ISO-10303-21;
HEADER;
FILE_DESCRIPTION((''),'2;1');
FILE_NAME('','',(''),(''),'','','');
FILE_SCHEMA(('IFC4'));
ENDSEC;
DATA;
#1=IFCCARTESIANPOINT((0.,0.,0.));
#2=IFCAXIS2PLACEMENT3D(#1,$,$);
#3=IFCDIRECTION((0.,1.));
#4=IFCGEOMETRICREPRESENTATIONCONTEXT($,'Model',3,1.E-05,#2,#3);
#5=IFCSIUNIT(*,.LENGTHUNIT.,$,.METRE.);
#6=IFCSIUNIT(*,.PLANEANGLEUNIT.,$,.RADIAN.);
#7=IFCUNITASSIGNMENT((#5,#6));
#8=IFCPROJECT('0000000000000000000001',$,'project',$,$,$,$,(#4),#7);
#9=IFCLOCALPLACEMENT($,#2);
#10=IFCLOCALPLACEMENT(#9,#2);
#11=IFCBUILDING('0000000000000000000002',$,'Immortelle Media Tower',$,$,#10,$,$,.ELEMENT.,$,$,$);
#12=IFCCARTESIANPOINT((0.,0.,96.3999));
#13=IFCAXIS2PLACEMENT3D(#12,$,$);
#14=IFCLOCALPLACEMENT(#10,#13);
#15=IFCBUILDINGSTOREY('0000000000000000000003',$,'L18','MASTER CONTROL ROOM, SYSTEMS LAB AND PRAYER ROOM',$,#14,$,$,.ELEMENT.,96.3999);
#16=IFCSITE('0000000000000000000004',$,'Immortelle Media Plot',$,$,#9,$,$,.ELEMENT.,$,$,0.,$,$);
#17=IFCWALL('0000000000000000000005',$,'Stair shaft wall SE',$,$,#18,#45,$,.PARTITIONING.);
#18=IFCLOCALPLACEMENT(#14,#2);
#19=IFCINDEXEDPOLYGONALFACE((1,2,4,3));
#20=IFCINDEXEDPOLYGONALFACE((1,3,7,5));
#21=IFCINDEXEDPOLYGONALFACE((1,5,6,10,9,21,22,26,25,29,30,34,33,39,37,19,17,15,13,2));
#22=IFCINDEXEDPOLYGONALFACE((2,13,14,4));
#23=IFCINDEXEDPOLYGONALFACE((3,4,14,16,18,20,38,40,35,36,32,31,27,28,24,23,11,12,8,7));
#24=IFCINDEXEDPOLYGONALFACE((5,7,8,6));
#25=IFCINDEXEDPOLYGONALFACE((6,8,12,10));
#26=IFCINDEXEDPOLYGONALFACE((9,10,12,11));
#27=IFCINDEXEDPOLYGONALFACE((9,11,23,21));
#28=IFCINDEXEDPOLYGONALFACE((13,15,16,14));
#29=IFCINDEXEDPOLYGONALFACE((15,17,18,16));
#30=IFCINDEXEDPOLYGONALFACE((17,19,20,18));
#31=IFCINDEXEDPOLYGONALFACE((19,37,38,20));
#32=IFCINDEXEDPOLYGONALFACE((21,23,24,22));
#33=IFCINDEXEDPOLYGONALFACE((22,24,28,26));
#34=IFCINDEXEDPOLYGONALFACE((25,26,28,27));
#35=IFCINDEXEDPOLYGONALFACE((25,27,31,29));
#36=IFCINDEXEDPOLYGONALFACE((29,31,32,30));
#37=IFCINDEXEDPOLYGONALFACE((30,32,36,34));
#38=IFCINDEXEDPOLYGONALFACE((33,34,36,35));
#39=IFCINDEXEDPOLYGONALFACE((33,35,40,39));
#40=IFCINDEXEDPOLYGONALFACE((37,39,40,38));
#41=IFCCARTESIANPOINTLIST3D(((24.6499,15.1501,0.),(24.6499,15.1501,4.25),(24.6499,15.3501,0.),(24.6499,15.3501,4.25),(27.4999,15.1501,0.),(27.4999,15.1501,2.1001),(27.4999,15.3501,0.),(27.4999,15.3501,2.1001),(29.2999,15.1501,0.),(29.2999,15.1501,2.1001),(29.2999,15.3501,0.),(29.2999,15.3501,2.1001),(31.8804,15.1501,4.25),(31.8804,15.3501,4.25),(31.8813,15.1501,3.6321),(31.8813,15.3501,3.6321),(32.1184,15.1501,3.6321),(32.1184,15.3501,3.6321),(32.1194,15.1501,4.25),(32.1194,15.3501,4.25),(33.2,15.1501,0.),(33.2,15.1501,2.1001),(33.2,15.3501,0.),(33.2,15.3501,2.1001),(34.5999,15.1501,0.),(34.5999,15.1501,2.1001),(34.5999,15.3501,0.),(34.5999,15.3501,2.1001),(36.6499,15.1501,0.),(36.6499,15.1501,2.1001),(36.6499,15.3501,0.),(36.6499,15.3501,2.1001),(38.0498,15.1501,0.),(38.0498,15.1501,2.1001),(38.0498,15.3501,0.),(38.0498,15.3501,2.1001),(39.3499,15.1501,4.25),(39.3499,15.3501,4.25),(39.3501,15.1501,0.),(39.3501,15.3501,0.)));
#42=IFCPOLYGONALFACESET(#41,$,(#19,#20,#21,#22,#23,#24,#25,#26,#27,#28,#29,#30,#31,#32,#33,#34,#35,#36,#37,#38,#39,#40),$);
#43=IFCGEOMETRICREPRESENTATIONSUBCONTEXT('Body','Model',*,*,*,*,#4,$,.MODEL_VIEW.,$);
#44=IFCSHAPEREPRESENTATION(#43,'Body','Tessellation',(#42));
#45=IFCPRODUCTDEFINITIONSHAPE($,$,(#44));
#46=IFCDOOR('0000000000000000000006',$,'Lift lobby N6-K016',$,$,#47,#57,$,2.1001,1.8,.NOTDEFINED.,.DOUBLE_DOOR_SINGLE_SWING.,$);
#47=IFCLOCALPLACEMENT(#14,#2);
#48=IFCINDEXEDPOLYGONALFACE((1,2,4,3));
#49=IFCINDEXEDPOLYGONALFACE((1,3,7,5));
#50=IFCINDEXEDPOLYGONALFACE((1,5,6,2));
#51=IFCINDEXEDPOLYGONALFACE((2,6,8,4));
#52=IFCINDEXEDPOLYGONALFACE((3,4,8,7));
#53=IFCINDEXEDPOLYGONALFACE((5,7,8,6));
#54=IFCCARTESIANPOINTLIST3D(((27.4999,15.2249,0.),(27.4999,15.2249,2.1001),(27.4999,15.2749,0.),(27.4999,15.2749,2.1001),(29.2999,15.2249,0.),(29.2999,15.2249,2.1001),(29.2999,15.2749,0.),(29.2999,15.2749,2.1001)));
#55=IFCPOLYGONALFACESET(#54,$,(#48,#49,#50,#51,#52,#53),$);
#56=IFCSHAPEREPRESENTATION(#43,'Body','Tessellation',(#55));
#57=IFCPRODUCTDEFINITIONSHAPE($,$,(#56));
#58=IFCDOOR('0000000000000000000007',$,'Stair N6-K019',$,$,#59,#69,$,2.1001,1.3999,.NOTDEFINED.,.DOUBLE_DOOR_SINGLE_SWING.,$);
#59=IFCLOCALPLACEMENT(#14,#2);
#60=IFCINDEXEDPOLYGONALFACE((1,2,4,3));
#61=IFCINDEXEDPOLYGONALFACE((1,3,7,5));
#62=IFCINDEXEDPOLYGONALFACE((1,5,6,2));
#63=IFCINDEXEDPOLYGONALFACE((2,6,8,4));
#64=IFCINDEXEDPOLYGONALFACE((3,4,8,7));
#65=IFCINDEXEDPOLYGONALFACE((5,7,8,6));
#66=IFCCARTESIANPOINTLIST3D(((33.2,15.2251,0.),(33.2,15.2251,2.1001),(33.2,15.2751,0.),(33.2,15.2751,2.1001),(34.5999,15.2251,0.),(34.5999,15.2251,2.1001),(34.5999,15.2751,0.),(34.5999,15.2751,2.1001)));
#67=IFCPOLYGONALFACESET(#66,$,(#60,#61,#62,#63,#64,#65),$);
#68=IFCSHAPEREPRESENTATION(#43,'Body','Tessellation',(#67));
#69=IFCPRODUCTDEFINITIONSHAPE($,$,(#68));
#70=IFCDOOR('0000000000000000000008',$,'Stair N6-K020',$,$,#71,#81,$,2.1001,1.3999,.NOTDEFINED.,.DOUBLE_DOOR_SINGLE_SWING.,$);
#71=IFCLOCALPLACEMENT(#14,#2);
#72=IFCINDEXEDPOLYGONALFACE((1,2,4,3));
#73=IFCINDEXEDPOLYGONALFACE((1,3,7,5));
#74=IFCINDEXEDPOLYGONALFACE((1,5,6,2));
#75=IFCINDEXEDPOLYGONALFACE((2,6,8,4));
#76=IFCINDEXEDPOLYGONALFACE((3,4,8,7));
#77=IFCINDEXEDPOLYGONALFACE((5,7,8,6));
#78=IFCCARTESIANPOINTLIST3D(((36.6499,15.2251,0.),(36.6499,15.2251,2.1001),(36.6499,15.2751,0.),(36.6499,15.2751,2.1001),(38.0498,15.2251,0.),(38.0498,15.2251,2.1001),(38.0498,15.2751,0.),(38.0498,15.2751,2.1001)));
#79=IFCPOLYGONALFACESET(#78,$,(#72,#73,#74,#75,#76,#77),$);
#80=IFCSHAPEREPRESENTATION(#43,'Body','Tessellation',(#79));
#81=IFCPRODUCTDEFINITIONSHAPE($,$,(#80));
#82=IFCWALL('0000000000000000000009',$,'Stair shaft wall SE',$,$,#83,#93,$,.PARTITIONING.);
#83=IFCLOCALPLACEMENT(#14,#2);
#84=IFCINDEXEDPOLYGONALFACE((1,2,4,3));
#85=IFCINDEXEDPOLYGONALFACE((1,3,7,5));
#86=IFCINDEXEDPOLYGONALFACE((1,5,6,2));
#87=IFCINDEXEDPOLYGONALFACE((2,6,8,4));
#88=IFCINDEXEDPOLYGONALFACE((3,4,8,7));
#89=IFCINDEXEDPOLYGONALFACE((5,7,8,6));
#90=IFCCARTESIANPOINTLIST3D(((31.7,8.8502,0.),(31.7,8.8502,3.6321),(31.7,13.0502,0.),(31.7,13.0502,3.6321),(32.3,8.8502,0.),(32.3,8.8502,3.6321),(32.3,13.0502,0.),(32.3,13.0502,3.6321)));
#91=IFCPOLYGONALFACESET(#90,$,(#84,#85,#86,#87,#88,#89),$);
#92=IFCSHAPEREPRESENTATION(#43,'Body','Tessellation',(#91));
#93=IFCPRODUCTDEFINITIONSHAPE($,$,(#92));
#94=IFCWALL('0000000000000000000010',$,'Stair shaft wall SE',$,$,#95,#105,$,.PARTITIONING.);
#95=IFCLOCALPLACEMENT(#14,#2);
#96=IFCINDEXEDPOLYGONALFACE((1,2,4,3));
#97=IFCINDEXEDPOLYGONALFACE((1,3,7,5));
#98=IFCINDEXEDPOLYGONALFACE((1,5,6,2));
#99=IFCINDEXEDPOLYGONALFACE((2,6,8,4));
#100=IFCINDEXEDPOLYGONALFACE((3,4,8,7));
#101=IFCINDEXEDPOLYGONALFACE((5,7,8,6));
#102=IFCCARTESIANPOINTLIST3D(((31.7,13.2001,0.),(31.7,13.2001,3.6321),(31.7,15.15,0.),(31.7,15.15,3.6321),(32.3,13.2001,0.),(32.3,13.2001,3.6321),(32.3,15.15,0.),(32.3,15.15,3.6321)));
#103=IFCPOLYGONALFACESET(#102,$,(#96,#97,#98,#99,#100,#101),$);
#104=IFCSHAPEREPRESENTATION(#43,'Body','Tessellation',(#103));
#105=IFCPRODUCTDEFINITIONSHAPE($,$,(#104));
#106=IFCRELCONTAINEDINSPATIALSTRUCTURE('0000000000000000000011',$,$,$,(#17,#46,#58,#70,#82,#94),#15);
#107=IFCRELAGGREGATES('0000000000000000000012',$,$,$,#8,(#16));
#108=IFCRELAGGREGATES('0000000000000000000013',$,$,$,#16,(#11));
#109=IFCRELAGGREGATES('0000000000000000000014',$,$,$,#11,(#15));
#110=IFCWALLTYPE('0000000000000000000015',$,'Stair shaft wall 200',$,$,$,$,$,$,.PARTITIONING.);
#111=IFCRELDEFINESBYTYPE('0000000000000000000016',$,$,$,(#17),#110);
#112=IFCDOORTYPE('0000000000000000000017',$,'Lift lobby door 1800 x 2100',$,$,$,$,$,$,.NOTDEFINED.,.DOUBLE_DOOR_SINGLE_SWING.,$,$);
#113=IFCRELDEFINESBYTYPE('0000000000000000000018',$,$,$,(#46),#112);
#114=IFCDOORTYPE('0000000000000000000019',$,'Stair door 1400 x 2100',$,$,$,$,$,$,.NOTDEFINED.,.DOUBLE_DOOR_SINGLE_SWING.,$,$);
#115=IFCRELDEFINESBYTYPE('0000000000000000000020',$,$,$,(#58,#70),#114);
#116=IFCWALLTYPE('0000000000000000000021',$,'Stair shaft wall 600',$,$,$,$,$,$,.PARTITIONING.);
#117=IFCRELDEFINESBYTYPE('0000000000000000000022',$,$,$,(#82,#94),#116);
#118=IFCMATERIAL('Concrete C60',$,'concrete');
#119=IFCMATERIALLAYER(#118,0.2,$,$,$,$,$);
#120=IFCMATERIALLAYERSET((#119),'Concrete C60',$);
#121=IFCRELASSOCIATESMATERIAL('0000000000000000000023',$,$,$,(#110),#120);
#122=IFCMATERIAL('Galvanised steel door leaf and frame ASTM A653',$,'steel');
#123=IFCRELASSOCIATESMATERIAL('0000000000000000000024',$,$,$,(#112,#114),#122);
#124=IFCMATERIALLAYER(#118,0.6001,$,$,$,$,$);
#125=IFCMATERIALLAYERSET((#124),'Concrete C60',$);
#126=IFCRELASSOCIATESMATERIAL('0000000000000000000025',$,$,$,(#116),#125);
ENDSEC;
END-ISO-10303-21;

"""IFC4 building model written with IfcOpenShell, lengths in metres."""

from ifc_helpers import new_model, si_unit, direction, frame, frame_2d, origin, place, context, subcontext, project, spatial, polyline, rectangle, outline, extrude, material, layer, layer_set, type_object, element, fill, save


model = new_model("IFC4")

# Units and contexts
model_context = context("Model", 3, precision=1e-05, world=origin(), true_north=direction((0.0, 1.0)))
body_context = subcontext(model_context, "Body", "Model", "MODEL_VIEW")
ifc_project = project(units=[si_unit("LENGTHUNIT", "METRE"), si_unit("PLANEANGLEUNIT", "RADIAN")], contexts=[model_context])

# Site, building, storey
site_placement = place(None, origin())
site = spatial("IfcSite", under=ifc_project, at=site_placement, Name="Immortelle Media Plot", CompositionType="ELEMENT", RefElevation=0.0)
building_placement = place(site_placement, origin())
building = spatial("IfcBuilding", under=site, at=building_placement, Name="Immortelle Media Tower", CompositionType="ELEMENT")
storey_placement = place(building_placement, frame((0.0, 0.0, 96.3999)))
storey = spatial("IfcBuildingStorey", under=building, at=storey_placement, Name="L18", Description="MASTER CONTROL ROOM, SYSTEMS LAB AND PRAYER ROOM", CompositionType="ELEMENT", Elevation=96.3999)

# Shared definitions
ifc_material_1 = material(Name="Galvanised steel door leaf and frame ASTM A653", Category="steel")

# Wall, openings, doors
ifc_material_2 = material(Name="Concrete C60", Category="concrete")
ifc_layer_1 = layer(ifc_material_2, 0.2)
ifc_layer_set_1 = layer_set([ifc_layer_1], Name="Concrete C60")
wall_type_1 = type_object("IfcWallType", Name="Stair shaft wall 200", PredefinedType="PARTITIONING", material=ifc_layer_set_1)
wall_1_placement = place(storey_placement, frame((24.6499, 15.25, 0.0), z_axis=(0.0, 0.0, 1.0), x_axis=(1.0, 0.0, 0.0)))
wall_1 = element("IfcWall", 1, at=wall_1_placement, inside=storey, type_object=wall_type_1, Name="Stair shaft wall SE", PredefinedType="PARTITIONING", context=body_context, shape_type="SweptSolid", body=[
    extrude(outline(polyline([(0.0, 0.0), (14.7002, 0.0), (14.7, 4.25), (7.4695, 4.25), (7.4685, 3.6321), (7.2314, 3.6321), (7.2305, 4.25), (0.0, 4.25), (0.0, 0.0)])), frame((0.0, 0.1001, 0.0), z_axis=(0.0, -1.0, 0.0), x_axis=(1.0, 0.0, 0.0)), (0.0, 0.0, 1.0), 0.2),
])
opening_1_placement = place(wall_1_placement, frame((2.8501, 0.0, 0.0)))
opening_1 = element("IfcOpeningElement", 2, at=opening_1_placement, cuts=wall_1, PredefinedType="OPENING", context=body_context, shape_type="SweptSolid", body=[
    extrude(rectangle(XDim=1.8, YDim=2.1001, at=frame_2d((0.8999, 1.05))), frame((0.0, 0.1099, 0.0), z_axis=(0.0, -1.0, 0.0), x_axis=(1.0, 0.0, 0.0)), (0.0, 0.0, 1.0), 0.22),
])
opening_2_placement = place(wall_1_placement, frame((9.95, 0.0, 0.0), z_axis=(0.0, 0.0, 1.0), x_axis=(-1.0, 0.0, 0.0)))
opening_2 = element("IfcOpeningElement", 3, at=opening_2_placement, cuts=wall_1, PredefinedType="OPENING", context=body_context, shape_type="SweptSolid", body=[
    extrude(rectangle(XDim=1.3999, YDim=2.1001, at=frame_2d((0.7, 1.05))), frame((0.0, 0.1099, 0.0), z_axis=(0.0, -1.0, 0.0), x_axis=(1.0, 0.0, 0.0)), (0.0, 0.0, 1.0), 0.22),
])
opening_3_placement = place(wall_1_placement, frame((13.3999, 0.0, 0.0), z_axis=(0.0, 0.0, 1.0), x_axis=(-1.0, 0.0, 0.0)))
opening_3 = element("IfcOpeningElement", 4, at=opening_3_placement, cuts=wall_1, PredefinedType="OPENING", context=body_context, shape_type="SweptSolid", body=[
    extrude(rectangle(XDim=1.3999, YDim=2.1001, at=frame_2d((0.7, 1.05))), frame((0.0, 0.1099, 0.0), z_axis=(0.0, -1.0, 0.0), x_axis=(1.0, 0.0, 0.0)), (0.0, 0.0, 1.0), 0.22),
])
door_type_1 = type_object("IfcDoorType", Name="Lift lobby door 1800 x 2100", OperationType="DOUBLE_DOOR_SINGLE_SWING", PredefinedType="NOTDEFINED", material=ifc_material_1)
door_1_placement = place(opening_1_placement, origin())
door_1 = element("IfcDoor", 5, at=door_1_placement, inside=storey, type_object=door_type_1, Name="Lift lobby N6-K016", OperationType="DOUBLE_DOOR_SINGLE_SWING", OverallHeight=2.1001, OverallWidth=1.8, PredefinedType="NOTDEFINED", context=body_context, shape_type="SweptSolid", body=[
    extrude(rectangle(XDim=1.8, YDim=2.1001, at=frame_2d((0.8999, 1.05))), frame((0.0, 0.0249, 0.0), z_axis=(0.0, -1.0, 0.0), x_axis=(1.0, 0.0, 0.0)), (0.0, 0.0, 1.0), 0.05),
])
fill(opening_1, door_1)
door_type_2 = type_object("IfcDoorType", Name="Stair door 1400 x 2100", OperationType="DOUBLE_DOOR_SINGLE_SWING", PredefinedType="NOTDEFINED", material=ifc_material_1)
door_2_placement = place(opening_2_placement, origin())
door_2 = element("IfcDoor", 6, at=door_2_placement, inside=storey, type_object=door_type_2, Name="Stair N6-K019", OperationType="DOUBLE_DOOR_SINGLE_SWING", OverallHeight=2.1001, OverallWidth=1.3999, PredefinedType="NOTDEFINED", context=body_context, shape_type="SweptSolid", body=[
    extrude(rectangle(XDim=1.3999, YDim=2.1001, at=frame_2d((0.7, 1.05))), frame((0.0, 0.0249, 0.0), z_axis=(0.0, -1.0, 0.0), x_axis=(1.0, 0.0, 0.0)), (0.0, 0.0, 1.0), 0.05),
])
fill(opening_2, door_2)
door_3_placement = place(opening_3_placement, origin())
door_3 = element("IfcDoor", 7, at=door_3_placement, inside=storey, type_object=door_type_2, Name="Stair N6-K020", OperationType="DOUBLE_DOOR_SINGLE_SWING", OverallHeight=2.1001, OverallWidth=1.3999, PredefinedType="NOTDEFINED", context=body_context, shape_type="SweptSolid", body=[
    extrude(rectangle(XDim=1.3999, YDim=2.1001, at=frame_2d((0.7, 1.05))), frame((0.0, 0.0249, 0.0), z_axis=(0.0, -1.0, 0.0), x_axis=(1.0, 0.0, 0.0)), (0.0, 0.0, 1.0), 0.05),
])
fill(opening_3, door_3)

# Walls
ifc_layer_2 = layer(ifc_material_2, 0.6001)
ifc_layer_set_2 = layer_set([ifc_layer_2], Name="Concrete C60")
wall_type_2 = type_object("IfcWallType", Name="Stair shaft wall 600", PredefinedType="PARTITIONING", material=ifc_layer_set_2)
wall_2_placement = place(storey_placement, frame((32.0, 8.8501, 0.0), z_axis=(0.0, 0.0, 1.0), x_axis=(0.0, 1.0, 0.0)))
element("IfcWall", 8, at=wall_2_placement, inside=storey, type_object=wall_type_2, Name="Stair shaft wall SE", PredefinedType="PARTITIONING", context=body_context, shape_type="SweptSolid", body=[
    extrude(rectangle(XDim=4.2, YDim=0.6001, at=frame_2d((2.1001, 0.0))), origin(), (0.0, 0.0, 1.0), 3.6321),
])
wall_3_placement = place(storey_placement, frame((32.0, 13.2, 0.0), z_axis=(0.0, 0.0, 1.0), x_axis=(0.0, 1.0, 0.0)))
element("IfcWall", 9, at=wall_3_placement, inside=storey, type_object=wall_type_2, Name="Stair shaft wall SE", PredefinedType="PARTITIONING", context=body_context, shape_type="SweptSolid", body=[
    extrude(rectangle(XDim=1.95, YDim=0.6001, at=frame_2d((0.9751, 0.0))), origin(), (0.0, 0.0, 1.0), 3.6321),
])

save(model, "model.ifc")
